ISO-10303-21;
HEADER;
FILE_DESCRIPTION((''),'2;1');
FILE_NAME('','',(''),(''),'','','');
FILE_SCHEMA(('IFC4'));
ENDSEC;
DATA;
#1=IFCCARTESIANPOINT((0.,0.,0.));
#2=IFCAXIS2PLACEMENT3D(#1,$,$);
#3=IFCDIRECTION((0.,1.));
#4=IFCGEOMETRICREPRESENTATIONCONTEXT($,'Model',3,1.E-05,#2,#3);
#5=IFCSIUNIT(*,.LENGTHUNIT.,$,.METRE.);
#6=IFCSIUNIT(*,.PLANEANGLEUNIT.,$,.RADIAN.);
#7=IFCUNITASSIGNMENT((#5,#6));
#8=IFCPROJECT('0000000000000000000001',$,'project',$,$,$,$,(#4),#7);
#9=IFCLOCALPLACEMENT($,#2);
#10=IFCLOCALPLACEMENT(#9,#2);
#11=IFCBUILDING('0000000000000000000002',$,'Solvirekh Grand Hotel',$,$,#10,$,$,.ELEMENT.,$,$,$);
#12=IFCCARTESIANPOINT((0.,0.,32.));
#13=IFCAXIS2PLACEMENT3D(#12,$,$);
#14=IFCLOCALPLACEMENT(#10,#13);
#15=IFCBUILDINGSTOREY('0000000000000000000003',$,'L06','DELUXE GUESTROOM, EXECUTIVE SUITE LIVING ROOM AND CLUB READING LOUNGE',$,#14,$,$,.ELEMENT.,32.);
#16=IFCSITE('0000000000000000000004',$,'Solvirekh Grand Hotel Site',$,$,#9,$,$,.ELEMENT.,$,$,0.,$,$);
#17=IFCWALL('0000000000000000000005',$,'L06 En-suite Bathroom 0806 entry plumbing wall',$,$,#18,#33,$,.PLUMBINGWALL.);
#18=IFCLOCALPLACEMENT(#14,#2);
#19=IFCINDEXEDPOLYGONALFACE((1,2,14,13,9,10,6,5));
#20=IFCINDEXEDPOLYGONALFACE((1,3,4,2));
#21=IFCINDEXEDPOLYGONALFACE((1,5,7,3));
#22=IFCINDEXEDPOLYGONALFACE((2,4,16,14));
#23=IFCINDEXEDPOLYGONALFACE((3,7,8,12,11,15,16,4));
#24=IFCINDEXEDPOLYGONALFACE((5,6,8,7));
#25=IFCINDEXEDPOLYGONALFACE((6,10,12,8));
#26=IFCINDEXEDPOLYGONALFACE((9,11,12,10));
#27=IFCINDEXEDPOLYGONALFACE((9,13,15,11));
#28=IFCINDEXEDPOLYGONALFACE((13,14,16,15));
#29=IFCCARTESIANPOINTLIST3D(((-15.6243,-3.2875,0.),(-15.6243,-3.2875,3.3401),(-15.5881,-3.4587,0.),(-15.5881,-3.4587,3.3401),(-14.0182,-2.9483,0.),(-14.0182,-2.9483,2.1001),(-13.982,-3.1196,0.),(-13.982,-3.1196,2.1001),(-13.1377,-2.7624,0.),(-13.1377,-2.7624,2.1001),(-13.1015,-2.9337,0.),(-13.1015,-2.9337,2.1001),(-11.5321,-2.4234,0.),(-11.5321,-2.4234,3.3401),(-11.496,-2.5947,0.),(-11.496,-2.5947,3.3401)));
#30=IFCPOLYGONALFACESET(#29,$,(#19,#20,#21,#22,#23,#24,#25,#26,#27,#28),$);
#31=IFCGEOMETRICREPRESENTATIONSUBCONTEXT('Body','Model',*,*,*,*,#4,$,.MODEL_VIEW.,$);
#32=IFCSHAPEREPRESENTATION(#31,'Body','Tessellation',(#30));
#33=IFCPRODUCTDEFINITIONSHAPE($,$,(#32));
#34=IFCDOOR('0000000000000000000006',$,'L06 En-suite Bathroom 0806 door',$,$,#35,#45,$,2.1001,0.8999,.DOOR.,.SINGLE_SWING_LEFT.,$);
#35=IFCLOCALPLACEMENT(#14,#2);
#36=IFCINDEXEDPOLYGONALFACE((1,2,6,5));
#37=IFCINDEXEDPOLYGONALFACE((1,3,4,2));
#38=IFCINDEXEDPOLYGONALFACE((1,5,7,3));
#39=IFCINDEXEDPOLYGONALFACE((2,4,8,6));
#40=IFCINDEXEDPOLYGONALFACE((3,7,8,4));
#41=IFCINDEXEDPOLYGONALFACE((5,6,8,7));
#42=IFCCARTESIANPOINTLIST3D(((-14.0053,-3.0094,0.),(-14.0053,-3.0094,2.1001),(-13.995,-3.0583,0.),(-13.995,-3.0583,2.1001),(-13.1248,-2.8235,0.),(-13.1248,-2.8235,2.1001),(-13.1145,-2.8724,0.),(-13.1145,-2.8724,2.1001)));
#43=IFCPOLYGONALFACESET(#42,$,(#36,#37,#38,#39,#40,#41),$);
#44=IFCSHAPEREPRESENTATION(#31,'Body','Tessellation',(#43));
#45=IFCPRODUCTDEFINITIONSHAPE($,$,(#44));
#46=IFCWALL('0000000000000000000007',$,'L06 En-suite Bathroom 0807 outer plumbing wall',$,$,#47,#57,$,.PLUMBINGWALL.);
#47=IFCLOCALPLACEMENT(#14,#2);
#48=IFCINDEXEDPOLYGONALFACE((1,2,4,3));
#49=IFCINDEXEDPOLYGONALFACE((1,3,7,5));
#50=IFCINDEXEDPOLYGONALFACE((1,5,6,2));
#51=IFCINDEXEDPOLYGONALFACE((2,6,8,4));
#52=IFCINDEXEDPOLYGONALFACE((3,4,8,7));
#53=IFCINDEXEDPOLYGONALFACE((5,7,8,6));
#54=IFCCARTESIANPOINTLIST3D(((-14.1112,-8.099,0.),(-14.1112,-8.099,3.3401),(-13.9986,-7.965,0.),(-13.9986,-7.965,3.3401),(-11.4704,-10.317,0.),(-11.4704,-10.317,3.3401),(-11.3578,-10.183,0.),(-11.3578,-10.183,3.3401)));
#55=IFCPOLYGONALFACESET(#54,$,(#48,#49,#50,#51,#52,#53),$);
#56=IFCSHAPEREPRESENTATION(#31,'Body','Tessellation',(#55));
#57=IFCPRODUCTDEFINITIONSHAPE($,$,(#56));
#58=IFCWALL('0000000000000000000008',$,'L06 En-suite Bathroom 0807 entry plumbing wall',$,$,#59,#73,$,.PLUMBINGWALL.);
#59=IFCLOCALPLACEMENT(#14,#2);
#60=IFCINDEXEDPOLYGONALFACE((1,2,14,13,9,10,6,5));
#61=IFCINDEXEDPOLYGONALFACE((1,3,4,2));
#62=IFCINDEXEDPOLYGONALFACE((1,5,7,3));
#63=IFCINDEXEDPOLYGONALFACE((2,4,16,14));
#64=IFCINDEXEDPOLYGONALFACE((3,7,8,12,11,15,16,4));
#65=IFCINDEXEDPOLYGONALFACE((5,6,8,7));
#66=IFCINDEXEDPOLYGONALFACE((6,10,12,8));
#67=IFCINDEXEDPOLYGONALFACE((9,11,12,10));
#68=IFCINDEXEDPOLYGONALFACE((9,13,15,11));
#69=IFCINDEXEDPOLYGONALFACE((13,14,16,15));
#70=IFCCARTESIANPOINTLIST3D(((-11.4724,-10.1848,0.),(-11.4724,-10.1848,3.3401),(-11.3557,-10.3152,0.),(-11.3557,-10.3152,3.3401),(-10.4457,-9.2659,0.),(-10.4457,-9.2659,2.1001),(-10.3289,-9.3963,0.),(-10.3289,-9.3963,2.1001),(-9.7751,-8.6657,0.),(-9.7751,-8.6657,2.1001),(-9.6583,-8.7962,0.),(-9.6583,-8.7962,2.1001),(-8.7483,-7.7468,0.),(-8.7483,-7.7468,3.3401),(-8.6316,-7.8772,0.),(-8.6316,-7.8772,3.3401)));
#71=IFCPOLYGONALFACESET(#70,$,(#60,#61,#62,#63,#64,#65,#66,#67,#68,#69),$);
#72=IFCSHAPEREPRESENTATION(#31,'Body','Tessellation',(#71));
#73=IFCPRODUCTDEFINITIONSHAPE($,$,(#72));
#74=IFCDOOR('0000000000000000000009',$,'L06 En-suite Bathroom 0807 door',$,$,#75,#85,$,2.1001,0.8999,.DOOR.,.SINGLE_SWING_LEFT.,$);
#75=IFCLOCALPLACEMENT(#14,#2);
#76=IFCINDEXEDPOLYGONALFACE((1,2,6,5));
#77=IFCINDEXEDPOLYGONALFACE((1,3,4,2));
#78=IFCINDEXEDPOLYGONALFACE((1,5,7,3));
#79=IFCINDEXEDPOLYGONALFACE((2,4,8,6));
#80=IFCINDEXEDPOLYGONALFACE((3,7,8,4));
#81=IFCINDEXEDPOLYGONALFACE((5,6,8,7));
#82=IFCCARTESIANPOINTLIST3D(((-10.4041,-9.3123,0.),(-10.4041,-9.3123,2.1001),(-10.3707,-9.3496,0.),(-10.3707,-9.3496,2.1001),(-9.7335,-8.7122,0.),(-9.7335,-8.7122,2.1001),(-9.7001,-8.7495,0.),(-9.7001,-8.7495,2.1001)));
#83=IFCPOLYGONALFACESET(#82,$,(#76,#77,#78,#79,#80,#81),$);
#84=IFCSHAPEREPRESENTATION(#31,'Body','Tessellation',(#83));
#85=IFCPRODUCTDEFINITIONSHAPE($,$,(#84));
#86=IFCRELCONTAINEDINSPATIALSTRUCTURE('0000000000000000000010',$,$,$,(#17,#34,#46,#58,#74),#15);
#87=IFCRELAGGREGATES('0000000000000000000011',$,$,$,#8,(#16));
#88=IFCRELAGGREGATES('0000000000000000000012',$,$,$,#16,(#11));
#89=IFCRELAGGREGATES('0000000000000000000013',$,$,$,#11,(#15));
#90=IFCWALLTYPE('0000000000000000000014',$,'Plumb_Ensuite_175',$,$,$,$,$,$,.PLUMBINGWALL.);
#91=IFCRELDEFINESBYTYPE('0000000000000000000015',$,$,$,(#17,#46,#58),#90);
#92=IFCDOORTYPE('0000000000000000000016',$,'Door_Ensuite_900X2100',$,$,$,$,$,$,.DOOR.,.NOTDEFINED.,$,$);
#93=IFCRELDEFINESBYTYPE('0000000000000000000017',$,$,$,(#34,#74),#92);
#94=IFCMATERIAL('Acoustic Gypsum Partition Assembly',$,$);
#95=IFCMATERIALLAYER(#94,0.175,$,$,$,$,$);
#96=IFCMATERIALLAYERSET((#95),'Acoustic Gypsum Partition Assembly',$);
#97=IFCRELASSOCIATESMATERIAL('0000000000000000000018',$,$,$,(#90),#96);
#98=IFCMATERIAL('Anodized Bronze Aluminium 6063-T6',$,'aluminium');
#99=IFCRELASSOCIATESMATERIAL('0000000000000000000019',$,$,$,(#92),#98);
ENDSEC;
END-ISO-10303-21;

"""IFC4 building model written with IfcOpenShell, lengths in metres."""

from ifc_helpers import new_model, si_unit, direction, frame, frame_2d, origin, place, context, subcontext, project, spatial, rectangle, extrude, material, layer, layer_set, type_object, element, fill, save


model = new_model("IFC4")

# Units and contexts
model_context = context("Model", 3, precision=1e-05, world=origin(), true_north=direction((0.0, 1.0)))
body_context = subcontext(model_context, "Body", "Model", "MODEL_VIEW")
ifc_project = project(units=[si_unit("LENGTHUNIT", "METRE"), si_unit("PLANEANGLEUNIT", "RADIAN")], contexts=[model_context])

# Site, building, storey
site_placement = place(None, origin())
site = spatial("IfcSite", under=ifc_project, at=site_placement, Name="Solvirekh Grand Hotel Site", CompositionType="ELEMENT", RefElevation=0.0)
building_placement = place(site_placement, origin())
building = spatial("IfcBuilding", under=site, at=building_placement, Name="Solvirekh Grand Hotel", CompositionType="ELEMENT")
storey_placement = place(building_placement, frame((0.0, 0.0, 32.0)))
storey = spatial("IfcBuildingStorey", under=building, at=storey_placement, Name="L06", Description="DELUXE GUESTROOM, EXECUTIVE SUITE LIVING ROOM AND CLUB READING LOUNGE", CompositionType="ELEMENT", Elevation=32.0)

# Shared definitions
ifc_material_1 = material(Name="Anodized Bronze Aluminium 6063-T6", Category="aluminium")

# Shared definitions
ifc_material_2 = material(Name="Acoustic Gypsum Partition Assembly")

# Wall, opening, door
ifc_layer_1 = layer(ifc_material_2, 0.175)
ifc_layer_set_1 = layer_set([ifc_layer_1], Name="Acoustic Gypsum Partition Assembly")
wall_type_1 = type_object("IfcWallType", Name="Plumb_Ensuite_175", PredefinedType="PLUMBINGWALL", material=ifc_layer_set_1)
wall_1_placement = place(storey_placement, frame((-11.5139, -2.509, 0.0), z_axis=(0.0, 0.0, 1.0), x_axis=(-0.978428, -0.20659, 0.0)))
wall_1 = element("IfcWall", 1, at=wall_1_placement, inside=storey, type_object=wall_type_1, Name="L06 En-suite Bathroom 0806 entry plumbing wall", PredefinedType="PLUMBINGWALL", context=body_context, shape_type="SweptSolid", body=[
    extrude(rectangle(XDim=4.1824, YDim=0.175, at=frame_2d((2.0913, 0.0))), origin(), (0.0, 0.0, 1.0), 3.3401),
])
opening_1_placement = place(wall_1_placement, frame((1.6411, 0.0, 0.0)))
opening_1 = element("IfcOpeningElement", 2, at=opening_1_placement, cuts=wall_1, PredefinedType="OPENING", context=body_context, shape_type="SweptSolid", body=[
    extrude(rectangle(XDim=0.8999, YDim=2.1001, at=frame_2d((0.45, 1.05))), frame((0.0, 0.0977, 0.0), z_axis=(0.0, -1.0, 0.0), x_axis=(1.0, 0.0, 0.0)), (0.0, 0.0, 1.0), 0.1951),
])
door_type_1 = type_object("IfcDoorType", Name="Door_Ensuite_900X2100", OperationType="NOTDEFINED", PredefinedType="DOOR", material=ifc_material_1)
door_1_placement = place(opening_1_placement, origin())
door_1 = element("IfcDoor", 3, at=door_1_placement, inside=storey, type_object=door_type_1, Name="L06 En-suite Bathroom 0806 door", OperationType="SINGLE_SWING_LEFT", OverallHeight=2.1001, OverallWidth=0.8999, PredefinedType="DOOR", context=body_context, shape_type="SweptSolid", body=[
    extrude(rectangle(XDim=0.8999, YDim=2.1001, at=frame_2d((0.45, 1.05))), frame((0.0, 0.0249, 0.0), z_axis=(0.0, -1.0, 0.0), x_axis=(1.0, 0.0, 0.0)), (0.0, 0.0, 1.0), 0.05),
])
fill(opening_1, door_1)

# Wall
wall_2_placement = place(storey_placement, frame((-14.0549, -8.032, 0.0), z_axis=(0.0, 0.0, 1.0), x_axis=(0.765749, -0.643139, 0.0)))
element("IfcWall", 4, at=wall_2_placement, inside=storey, type_object=wall_type_1, Name="L06 En-suite Bathroom 0807 outer plumbing wall", PredefinedType="PLUMBINGWALL", context=body_context, shape_type="SweptSolid", body=[
    extrude(rectangle(XDim=3.4487, YDim=0.175, at=frame_2d((1.7244, 0.0))), origin(), (0.0, 0.0, 1.0), 3.3401),
])

# Wall, opening, door
wall_3_placement = place(storey_placement, frame((-8.6899, -7.812, 0.0), z_axis=(0.0, 0.0, 1.0), x_axis=(-0.745157, -0.666889, 0.0)))
wall_3 = element("IfcWall", 5, at=wall_3_placement, inside=storey, type_object=wall_type_1, Name="L06 En-suite Bathroom 0807 entry plumbing wall", PredefinedType="PLUMBINGWALL", context=body_context, shape_type="SweptSolid", body=[
    extrude(rectangle(XDim=3.6558, YDim=0.175, at=frame_2d((1.8279, 0.0))), origin(), (0.0, 0.0, 1.0), 3.3401),
])
opening_2_placement = place(wall_3_placement, frame((1.3779, 0.0, 0.0)))
opening_2 = element("IfcOpeningElement", 6, at=opening_2_placement, cuts=wall_3, PredefinedType="OPENING", context=body_context, shape_type="SweptSolid", body=[
    extrude(rectangle(XDim=0.8999, YDim=2.1001, at=frame_2d((0.45, 1.05))), frame((0.0, 0.0977, 0.0), z_axis=(0.0, -1.0, 0.0), x_axis=(1.0, 0.0, 0.0)), (0.0, 0.0, 1.0), 0.1951),
])
door_2_placement = place(opening_2_placement, origin())
door_2 = element("IfcDoor", 7, at=door_2_placement, inside=storey, type_object=door_type_1, Name="L06 En-suite Bathroom 0807 door", OperationType="SINGLE_SWING_LEFT", OverallHeight=2.1001, OverallWidth=0.8999, PredefinedType="DOOR", context=body_context, shape_type="SweptSolid", body=[
    extrude(rectangle(XDim=0.8999, YDim=2.1001, at=frame_2d((0.45, 1.05))), frame((0.0, 0.0249, 0.0), z_axis=(0.0, -1.0, 0.0), x_axis=(1.0, 0.0, 0.0)), (0.0, 0.0, 1.0), 0.05),
])
fill(opening_2, door_2)

save(model, "model.ifc")
